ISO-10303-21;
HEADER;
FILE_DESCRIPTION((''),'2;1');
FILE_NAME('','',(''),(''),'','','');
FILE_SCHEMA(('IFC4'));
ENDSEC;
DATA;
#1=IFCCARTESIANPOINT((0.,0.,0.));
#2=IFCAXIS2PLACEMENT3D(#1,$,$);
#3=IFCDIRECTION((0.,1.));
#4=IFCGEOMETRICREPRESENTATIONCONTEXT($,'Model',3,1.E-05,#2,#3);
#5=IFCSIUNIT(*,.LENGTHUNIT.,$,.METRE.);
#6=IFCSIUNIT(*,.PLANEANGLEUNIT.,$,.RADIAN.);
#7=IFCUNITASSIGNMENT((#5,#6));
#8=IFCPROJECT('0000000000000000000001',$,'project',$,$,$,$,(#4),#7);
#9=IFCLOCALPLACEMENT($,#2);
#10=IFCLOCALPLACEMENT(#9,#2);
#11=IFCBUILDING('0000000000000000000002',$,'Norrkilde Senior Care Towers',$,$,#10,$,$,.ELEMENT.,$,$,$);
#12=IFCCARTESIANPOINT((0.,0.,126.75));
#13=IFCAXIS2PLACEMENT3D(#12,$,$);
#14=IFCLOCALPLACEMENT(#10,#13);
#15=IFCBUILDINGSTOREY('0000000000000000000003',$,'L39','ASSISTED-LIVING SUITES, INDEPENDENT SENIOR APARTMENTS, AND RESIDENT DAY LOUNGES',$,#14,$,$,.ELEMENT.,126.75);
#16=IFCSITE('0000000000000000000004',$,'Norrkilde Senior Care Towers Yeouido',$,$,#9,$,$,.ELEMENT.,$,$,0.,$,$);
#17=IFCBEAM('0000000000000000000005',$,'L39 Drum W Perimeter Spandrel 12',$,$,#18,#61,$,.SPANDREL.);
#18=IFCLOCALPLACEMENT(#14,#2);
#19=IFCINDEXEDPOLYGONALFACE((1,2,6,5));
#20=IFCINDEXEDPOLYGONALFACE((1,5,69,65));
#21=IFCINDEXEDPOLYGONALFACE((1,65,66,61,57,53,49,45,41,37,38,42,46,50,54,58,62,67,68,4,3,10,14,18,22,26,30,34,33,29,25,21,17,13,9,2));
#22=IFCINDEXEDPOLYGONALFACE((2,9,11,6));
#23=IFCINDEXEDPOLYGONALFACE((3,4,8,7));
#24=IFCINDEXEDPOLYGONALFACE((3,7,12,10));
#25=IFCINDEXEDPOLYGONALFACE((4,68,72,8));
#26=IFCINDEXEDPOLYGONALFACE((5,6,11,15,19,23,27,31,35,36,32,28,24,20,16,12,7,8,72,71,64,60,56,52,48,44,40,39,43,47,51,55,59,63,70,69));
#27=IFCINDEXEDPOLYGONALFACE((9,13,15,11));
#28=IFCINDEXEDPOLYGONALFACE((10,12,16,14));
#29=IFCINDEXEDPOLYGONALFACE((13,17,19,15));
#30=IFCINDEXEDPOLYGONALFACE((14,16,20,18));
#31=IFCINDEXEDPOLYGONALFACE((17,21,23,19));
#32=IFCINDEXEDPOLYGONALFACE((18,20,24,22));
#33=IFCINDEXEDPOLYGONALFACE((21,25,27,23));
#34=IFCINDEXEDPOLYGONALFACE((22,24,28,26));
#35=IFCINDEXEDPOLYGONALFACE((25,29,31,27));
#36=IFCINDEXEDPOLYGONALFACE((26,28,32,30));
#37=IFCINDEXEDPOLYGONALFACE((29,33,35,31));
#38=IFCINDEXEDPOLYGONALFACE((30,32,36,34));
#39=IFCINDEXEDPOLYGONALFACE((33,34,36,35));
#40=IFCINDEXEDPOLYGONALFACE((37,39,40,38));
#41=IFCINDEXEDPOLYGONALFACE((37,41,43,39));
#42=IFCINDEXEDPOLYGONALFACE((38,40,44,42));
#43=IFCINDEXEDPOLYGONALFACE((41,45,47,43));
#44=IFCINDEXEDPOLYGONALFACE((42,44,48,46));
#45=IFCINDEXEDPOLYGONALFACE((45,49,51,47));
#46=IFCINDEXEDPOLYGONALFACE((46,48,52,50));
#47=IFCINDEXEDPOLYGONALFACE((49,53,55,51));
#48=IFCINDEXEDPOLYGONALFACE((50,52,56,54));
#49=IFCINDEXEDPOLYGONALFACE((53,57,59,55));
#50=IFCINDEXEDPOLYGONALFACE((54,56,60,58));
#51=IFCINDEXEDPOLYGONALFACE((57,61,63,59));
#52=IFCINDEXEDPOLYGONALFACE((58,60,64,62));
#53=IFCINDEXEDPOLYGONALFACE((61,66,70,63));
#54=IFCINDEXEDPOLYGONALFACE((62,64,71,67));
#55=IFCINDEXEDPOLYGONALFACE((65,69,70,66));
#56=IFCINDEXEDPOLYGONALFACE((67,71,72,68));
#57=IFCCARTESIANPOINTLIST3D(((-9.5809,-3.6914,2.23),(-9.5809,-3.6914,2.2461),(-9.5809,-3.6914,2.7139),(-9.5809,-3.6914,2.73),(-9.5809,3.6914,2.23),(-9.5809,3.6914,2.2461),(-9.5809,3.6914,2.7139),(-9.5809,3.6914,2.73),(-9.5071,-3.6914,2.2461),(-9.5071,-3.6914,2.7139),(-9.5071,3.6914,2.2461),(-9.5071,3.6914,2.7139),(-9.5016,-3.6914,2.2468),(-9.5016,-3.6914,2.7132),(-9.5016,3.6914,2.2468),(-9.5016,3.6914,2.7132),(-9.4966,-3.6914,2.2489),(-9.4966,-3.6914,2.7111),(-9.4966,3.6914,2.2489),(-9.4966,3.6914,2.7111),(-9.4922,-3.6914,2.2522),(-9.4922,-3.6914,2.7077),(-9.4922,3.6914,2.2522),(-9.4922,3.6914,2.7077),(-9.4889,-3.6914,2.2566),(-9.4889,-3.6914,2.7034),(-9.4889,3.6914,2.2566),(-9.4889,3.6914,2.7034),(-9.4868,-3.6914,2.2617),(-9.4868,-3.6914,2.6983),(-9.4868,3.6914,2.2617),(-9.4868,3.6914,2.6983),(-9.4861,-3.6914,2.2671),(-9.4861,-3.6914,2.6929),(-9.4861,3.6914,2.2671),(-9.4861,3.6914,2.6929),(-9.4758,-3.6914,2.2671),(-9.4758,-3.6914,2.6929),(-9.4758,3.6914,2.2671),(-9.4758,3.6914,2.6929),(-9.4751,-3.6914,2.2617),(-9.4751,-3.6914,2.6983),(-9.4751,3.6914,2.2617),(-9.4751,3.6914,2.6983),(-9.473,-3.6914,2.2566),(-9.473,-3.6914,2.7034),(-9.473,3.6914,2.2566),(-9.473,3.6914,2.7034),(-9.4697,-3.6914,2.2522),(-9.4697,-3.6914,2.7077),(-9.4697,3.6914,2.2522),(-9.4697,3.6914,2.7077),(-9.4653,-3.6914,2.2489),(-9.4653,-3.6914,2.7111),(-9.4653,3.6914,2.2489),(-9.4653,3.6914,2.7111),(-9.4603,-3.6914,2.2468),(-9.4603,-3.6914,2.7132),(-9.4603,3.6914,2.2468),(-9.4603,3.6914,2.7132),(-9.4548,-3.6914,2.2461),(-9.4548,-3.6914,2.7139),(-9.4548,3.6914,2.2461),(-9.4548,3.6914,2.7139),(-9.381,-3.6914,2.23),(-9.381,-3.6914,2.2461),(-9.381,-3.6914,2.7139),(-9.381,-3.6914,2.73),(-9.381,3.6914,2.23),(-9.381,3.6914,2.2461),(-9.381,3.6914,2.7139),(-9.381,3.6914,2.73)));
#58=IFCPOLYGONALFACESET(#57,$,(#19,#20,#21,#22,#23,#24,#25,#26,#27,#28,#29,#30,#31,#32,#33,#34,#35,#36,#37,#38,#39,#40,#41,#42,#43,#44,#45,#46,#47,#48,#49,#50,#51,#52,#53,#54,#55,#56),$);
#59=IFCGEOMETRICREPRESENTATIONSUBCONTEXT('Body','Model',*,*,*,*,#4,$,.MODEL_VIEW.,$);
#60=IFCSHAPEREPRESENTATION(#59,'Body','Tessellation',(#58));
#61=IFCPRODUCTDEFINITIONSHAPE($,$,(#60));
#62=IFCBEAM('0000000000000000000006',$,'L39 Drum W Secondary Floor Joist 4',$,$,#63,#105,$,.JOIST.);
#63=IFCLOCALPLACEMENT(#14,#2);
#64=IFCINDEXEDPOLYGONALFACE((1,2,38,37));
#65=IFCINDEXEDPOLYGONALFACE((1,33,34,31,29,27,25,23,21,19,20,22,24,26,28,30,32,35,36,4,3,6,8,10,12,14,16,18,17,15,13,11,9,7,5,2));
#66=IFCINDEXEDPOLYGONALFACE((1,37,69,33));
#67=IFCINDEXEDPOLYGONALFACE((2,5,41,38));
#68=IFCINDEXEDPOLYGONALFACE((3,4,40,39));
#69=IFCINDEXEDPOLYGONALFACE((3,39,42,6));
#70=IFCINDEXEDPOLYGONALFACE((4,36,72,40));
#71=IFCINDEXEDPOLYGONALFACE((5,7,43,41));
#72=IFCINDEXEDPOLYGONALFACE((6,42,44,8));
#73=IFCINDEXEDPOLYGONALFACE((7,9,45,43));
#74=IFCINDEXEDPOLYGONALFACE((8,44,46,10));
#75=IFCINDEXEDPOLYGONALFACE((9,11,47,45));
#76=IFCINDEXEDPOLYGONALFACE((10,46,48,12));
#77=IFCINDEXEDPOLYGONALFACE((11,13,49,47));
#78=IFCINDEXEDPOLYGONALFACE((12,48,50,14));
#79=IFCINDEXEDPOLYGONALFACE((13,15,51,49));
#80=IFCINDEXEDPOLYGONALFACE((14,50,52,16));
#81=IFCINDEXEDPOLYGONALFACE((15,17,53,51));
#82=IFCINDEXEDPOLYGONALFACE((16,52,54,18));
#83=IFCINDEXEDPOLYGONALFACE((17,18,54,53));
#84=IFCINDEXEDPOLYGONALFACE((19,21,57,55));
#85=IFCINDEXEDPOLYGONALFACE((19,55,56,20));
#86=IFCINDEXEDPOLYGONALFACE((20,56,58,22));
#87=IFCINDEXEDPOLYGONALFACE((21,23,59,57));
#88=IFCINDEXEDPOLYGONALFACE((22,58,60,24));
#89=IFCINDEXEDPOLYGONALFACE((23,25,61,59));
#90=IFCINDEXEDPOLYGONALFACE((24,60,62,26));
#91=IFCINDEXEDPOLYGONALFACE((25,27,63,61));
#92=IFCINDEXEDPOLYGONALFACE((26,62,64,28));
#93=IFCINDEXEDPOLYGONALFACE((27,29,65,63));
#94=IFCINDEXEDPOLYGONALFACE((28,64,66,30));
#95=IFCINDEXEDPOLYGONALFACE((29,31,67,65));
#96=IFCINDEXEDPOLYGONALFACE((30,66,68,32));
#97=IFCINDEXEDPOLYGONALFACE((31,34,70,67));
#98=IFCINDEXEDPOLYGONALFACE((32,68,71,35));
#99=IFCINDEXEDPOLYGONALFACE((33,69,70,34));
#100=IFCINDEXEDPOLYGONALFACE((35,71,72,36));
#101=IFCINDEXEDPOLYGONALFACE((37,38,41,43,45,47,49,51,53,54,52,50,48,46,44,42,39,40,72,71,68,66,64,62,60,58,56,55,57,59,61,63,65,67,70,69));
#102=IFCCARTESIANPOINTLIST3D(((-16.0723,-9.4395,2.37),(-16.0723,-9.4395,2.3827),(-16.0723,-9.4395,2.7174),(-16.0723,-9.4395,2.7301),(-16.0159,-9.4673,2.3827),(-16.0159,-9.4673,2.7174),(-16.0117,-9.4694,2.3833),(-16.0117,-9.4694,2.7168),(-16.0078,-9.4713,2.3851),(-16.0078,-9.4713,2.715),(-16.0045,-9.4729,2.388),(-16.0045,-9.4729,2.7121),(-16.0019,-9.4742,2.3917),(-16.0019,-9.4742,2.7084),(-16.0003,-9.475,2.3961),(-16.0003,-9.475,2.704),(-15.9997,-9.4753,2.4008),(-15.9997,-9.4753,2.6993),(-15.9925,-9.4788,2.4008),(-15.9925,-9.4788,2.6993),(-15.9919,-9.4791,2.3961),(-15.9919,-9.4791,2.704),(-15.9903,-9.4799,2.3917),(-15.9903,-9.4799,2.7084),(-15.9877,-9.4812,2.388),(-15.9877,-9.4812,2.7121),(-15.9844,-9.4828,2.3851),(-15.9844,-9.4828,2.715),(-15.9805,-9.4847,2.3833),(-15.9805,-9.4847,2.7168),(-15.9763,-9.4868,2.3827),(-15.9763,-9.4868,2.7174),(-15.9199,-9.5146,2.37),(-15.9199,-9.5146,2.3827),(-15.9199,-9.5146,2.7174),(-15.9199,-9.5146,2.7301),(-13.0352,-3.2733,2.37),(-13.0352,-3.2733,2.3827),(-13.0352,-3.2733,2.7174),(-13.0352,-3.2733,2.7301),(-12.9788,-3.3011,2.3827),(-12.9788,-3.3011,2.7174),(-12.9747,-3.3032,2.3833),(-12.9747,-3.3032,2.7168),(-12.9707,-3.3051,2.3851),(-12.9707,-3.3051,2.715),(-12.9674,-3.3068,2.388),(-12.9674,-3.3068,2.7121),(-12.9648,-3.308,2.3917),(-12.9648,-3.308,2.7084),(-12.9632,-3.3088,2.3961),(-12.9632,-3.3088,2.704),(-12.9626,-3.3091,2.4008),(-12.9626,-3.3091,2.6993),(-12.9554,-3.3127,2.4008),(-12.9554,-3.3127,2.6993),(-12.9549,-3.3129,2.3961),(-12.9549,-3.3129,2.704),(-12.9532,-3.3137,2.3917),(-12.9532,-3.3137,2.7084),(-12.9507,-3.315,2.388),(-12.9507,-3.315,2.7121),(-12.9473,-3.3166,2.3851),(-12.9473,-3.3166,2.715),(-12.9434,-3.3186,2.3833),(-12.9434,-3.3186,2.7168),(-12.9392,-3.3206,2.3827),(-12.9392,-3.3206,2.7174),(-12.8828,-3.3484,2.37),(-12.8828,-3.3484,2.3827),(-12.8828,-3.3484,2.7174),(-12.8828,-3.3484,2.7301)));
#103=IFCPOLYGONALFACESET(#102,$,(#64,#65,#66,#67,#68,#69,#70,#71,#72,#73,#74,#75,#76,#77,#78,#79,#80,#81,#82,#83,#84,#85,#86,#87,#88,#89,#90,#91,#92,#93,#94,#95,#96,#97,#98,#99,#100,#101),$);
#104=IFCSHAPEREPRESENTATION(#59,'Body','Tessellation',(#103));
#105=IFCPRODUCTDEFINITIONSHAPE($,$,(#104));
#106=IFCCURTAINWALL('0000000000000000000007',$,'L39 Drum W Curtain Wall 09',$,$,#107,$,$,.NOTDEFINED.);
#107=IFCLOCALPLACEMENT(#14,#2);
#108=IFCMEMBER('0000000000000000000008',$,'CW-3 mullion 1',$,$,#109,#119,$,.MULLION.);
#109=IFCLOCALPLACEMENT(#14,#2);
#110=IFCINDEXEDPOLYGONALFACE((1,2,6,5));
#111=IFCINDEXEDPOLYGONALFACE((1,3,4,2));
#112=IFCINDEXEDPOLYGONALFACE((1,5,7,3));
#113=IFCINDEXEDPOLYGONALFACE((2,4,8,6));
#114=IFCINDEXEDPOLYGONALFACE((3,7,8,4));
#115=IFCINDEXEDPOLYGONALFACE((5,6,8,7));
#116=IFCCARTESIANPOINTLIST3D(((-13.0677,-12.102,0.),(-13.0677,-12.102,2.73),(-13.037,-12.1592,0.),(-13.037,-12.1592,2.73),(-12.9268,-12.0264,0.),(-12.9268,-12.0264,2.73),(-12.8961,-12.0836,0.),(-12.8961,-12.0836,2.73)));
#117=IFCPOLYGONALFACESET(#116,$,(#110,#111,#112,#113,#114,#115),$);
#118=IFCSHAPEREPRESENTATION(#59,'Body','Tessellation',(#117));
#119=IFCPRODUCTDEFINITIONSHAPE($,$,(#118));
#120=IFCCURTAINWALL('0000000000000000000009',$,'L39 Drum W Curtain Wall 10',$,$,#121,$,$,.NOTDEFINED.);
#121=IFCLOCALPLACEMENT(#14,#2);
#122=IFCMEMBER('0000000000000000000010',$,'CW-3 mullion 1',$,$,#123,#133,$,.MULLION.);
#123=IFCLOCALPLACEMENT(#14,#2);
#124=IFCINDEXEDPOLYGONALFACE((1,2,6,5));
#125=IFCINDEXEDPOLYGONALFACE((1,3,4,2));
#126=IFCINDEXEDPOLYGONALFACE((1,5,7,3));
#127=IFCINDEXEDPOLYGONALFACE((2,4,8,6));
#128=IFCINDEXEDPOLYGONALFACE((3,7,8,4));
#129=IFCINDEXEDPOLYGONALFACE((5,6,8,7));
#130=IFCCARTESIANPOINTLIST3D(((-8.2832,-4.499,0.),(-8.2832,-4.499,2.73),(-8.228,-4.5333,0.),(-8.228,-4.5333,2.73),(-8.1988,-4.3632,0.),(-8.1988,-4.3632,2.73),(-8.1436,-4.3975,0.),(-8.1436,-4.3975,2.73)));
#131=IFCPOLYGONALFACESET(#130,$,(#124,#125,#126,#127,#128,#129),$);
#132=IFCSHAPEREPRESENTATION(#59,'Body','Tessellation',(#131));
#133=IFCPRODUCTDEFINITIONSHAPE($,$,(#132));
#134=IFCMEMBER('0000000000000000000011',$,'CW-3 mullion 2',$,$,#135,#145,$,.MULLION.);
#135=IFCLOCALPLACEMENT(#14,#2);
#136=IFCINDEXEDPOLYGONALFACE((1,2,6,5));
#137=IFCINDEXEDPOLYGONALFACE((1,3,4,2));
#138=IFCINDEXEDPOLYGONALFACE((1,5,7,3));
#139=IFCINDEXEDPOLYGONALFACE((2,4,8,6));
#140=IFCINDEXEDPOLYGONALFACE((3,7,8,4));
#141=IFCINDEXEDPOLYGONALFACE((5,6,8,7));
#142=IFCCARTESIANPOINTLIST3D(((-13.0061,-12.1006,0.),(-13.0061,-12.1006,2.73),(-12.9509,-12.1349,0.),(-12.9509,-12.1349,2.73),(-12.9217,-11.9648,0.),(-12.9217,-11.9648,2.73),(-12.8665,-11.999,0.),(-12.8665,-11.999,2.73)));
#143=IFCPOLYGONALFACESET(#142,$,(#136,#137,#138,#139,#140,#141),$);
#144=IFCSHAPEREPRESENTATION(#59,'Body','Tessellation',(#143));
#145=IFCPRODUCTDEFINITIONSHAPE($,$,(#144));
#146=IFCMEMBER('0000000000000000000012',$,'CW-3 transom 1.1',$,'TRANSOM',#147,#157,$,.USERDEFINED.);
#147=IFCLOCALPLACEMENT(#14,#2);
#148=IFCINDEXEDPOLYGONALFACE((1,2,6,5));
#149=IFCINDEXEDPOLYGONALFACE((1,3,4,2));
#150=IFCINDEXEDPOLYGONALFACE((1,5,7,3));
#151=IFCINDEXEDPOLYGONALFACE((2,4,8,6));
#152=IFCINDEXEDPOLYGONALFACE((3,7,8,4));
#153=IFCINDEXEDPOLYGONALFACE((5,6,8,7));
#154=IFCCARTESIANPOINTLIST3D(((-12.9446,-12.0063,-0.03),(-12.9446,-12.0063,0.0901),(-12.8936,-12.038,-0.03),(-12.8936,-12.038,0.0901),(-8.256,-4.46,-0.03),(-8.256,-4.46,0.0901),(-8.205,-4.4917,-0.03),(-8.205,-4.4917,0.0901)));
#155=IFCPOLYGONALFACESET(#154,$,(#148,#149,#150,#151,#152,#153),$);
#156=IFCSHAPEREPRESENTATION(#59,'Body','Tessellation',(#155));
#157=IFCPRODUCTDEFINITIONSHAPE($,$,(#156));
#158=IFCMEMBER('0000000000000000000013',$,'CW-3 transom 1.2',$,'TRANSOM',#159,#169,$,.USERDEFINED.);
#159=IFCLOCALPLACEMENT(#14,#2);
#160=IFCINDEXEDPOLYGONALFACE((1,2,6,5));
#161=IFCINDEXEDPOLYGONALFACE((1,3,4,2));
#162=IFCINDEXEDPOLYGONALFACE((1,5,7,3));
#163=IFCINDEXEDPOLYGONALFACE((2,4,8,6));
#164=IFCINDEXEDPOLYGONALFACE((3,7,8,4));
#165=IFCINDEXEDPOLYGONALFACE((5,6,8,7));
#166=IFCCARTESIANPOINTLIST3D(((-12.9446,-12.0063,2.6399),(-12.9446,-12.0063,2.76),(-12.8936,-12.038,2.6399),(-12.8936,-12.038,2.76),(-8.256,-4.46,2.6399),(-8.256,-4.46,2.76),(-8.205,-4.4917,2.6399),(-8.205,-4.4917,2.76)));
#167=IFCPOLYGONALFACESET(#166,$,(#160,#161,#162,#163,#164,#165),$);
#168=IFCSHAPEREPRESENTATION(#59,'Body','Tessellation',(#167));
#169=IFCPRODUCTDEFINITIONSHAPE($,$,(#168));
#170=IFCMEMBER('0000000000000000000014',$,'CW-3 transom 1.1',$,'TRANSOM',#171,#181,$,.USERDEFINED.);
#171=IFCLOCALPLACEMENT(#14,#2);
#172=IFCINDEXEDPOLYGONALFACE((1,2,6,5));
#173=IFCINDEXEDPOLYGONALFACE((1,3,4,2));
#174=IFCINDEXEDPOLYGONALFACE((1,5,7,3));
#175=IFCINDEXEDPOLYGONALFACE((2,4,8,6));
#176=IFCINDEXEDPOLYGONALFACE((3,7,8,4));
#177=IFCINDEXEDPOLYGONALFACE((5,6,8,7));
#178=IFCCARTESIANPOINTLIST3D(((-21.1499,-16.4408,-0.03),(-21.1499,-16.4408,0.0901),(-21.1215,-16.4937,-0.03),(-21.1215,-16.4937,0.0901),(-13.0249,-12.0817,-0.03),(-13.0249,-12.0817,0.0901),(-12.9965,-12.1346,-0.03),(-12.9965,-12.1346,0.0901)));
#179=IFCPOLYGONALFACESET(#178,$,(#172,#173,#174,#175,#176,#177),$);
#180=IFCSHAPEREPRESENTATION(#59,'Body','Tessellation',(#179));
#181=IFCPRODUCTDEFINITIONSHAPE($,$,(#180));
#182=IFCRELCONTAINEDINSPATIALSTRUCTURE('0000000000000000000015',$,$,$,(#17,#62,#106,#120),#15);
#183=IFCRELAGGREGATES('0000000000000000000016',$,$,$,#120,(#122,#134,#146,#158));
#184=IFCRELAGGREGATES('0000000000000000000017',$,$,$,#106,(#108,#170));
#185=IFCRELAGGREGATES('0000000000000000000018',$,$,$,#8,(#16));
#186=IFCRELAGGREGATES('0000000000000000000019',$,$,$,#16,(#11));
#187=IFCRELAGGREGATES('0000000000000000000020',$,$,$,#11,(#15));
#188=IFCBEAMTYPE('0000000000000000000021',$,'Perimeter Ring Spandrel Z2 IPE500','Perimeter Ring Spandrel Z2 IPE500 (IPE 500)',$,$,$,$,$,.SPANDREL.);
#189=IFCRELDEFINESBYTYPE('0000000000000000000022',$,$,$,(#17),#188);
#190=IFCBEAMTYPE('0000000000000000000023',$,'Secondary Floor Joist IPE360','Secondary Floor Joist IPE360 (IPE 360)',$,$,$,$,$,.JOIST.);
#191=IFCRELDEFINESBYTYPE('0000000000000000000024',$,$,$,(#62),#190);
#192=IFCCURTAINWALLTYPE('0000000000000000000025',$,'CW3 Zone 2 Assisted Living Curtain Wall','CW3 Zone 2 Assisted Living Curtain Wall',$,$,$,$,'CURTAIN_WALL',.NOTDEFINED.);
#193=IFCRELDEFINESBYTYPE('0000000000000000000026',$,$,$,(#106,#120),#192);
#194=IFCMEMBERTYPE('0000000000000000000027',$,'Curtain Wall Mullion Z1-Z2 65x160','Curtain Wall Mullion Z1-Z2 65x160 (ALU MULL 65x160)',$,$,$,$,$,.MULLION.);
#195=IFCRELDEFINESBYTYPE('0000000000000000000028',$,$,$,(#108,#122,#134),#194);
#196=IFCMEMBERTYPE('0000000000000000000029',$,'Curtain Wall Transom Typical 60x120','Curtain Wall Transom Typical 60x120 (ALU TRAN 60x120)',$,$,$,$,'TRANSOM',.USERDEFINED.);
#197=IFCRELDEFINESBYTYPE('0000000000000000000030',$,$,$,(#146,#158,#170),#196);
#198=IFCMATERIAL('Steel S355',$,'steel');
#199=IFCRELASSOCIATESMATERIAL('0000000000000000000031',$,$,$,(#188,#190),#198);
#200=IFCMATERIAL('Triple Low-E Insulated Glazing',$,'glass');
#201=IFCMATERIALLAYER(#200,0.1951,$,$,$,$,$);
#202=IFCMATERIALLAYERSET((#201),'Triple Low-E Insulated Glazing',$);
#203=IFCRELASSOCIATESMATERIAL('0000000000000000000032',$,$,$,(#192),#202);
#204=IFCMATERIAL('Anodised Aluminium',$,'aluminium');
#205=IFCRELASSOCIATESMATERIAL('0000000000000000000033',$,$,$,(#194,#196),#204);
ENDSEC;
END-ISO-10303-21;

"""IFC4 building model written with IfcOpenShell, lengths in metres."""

from ifc_helpers import new_model, si_unit, direction, frame, origin, origin_2d, place, context, subcontext, project, spatial, rectangle, i_section, extrude, source, transform, mapped, material, layer, layer_set, material_profile, profile_set, type_object, type_shapes, element, aggregate, save


model = new_model("IFC4")

# Units and contexts
model_context = context("Model", 3, precision=1e-05, world=origin(), true_north=direction((0.0, 1.0)))
body_context = subcontext(model_context, "Body", "Model", "MODEL_VIEW")
ifc_project = project(units=[si_unit("LENGTHUNIT", "METRE"), si_unit("PLANEANGLEUNIT", "RADIAN")], contexts=[model_context])

# Site, building, storey
site_placement = place(None, origin())
site = spatial("IfcSite", under=ifc_project, at=site_placement, Name="Norrkilde Senior Care Towers Yeouido", CompositionType="ELEMENT", RefElevation=0.0)
building_placement = place(site_placement, origin())
building = spatial("IfcBuilding", under=site, at=building_placement, Name="Norrkilde Senior Care Towers", CompositionType="ELEMENT")
storey_placement = place(building_placement, frame((0.0, 0.0, 126.75)))
storey = spatial("IfcBuildingStorey", under=building, at=storey_placement, Name="L39", Description="ASSISTED-LIVING SUITES, INDEPENDENT SENIOR APARTMENTS, AND RESIDENT DAY LOUNGES", CompositionType="ELEMENT", Elevation=126.75)

# Beams
ifc_material_1 = material(Name="Steel S355", Category="steel")
ifc_material_profile_1 = material_profile(ifc_material_1, i_section(OverallWidth=0.2, OverallDepth=0.5, WebThickness=0.0103, FlangeThickness=0.0161, FilletRadius=0.021, at=origin_2d()), Name="IPE 500")
ifc_profile_set_1 = profile_set([ifc_material_profile_1], Name="Steel S355")
beam_type_1 = type_object("IfcBeamType", Name="Perimeter Ring Spandrel Z2 IPE500", Description="Perimeter Ring Spandrel Z2 IPE500 (IPE 500)", PredefinedType="SPANDREL", material=ifc_profile_set_1)
shared_shape_1 = source(origin(), body_context, "Body", "SweptSolid", [
    extrude(i_section(OverallWidth=0.2, OverallDepth=0.5, WebThickness=0.0103, FlangeThickness=0.0161, FilletRadius=0.021, at=origin_2d()), origin(), (0.0, 0.0, 1.0), 7.3828),
])
beam_1_placement = place(storey_placement, frame((-9.481, -3.6914, 2.48), z_axis=(0.0, 1.0, 0.0), x_axis=(-1.0, 0.0, 0.0)))
element("IfcBeam", 1, at=beam_1_placement, inside=storey, type_object=beam_type_1, Name="L39 Drum W Perimeter Spandrel 12", PredefinedType="SPANDREL", context=body_context, shape_type="MappedRepresentation", body=[
    mapped(shared_shape_1, transform((0.0, 0.0, 0.0), x_axis=(1.0, 0.0, 0.0), y_axis=(0.0, 1.0, 0.0), z_axis=(0.0, 0.0, 1.0), scale=1.0)),
])
ifc_material_profile_2 = material_profile(ifc_material_1, i_section(OverallWidth=0.1699, OverallDepth=0.3601, WebThickness=0.0081, FlangeThickness=0.0127, FilletRadius=0.0181, at=origin_2d()), Name="IPE 360")
ifc_profile_set_2 = profile_set([ifc_material_profile_2], Name="Steel S355")
beam_type_2 = type_object("IfcBeamType", Name="Secondary Floor Joist IPE360", Description="Secondary Floor Joist IPE360 (IPE 360)", PredefinedType="JOIST", material=ifc_profile_set_2)
shared_shape_2 = source(origin(), body_context, "Body", "SweptSolid", [
    extrude(i_section(OverallWidth=0.1699, OverallDepth=0.3601, WebThickness=0.0081, FlangeThickness=0.0127, FilletRadius=0.0181, at=origin_2d()), origin(), (0.0, 0.0, 1.0), 6.8735),
])
type_shapes(beam_type_2, [shared_shape_2])
beam_2_placement = place(storey_placement, frame((-15.9961, -9.4771, 2.55), z_axis=(0.441849, 0.897089, 0.0), x_axis=(-0.897089, 0.441849, 0.0)))
element("IfcBeam", 2, at=beam_2_placement, inside=storey, type_object=beam_type_2, Name="L39 Drum W Secondary Floor Joist 4", PredefinedType="JOIST", context=body_context, shape_type="MappedRepresentation", body=[
    mapped(shared_shape_2, transform((0.0, 0.0, 0.0), x_axis=(1.0, 0.0, 0.0), y_axis=(0.0, 1.0, 0.0), z_axis=(0.0, 0.0, 1.0), scale=1.0)),
])

# Curtain wall, member
ifc_material_2 = material(Name="Triple Low-E Insulated Glazing", Category="glass")
ifc_layer_1 = layer(ifc_material_2, 0.1951)
ifc_layer_set_1 = layer_set([ifc_layer_1], Name="Triple Low-E Insulated Glazing")
curtain_wall_type = type_object("IfcCurtainWallType", Name="CW3 Zone 2 Assisted Living Curtain Wall", Description="CW3 Zone 2 Assisted Living Curtain Wall", ElementType="CURTAIN_WALL", PredefinedType="NOTDEFINED", material=ifc_layer_set_1)
curtain_wall_1_placement = place(storey_placement, origin())
curtain_wall_1 = element("IfcCurtainWall", 3, at=curtain_wall_1_placement, inside=storey, type_object=curtain_wall_type, Name="L39 Drum W Curtain Wall 09", PredefinedType="NOTDEFINED")
ifc_material_3 = material(Name="Anodised Aluminium", Category="aluminium")
ifc_material_profile_3 = material_profile(ifc_material_3, rectangle(XDim=0.0649, YDim=0.1599, at=origin_2d()), Name="ALU MULL 65x160")
ifc_profile_set_3 = profile_set([ifc_material_profile_3], Name="Anodised Aluminium")
member_type_1 = type_object("IfcMemberType", Name="Curtain Wall Mullion Z1-Z2 65x160", Description="Curtain Wall Mullion Z1-Z2 65x160 (ALU MULL 65x160)", PredefinedType="MULLION", material=ifc_profile_set_3)
shared_shape_3 = source(origin(), body_context, "Body", "SweptSolid", [
    extrude(rectangle(XDim=0.0649, YDim=0.1599, at=origin_2d()), origin(), (0.0, 0.0, 1.0), 2.73),
])
type_shapes(member_type_1, [shared_shape_3])
member_1_placement = place(storey_placement, frame((-12.9819, -12.0928, 0.0), z_axis=(0.0, 0.0, 1.0), x_axis=(0.472769, -0.881186, 0.0)))
member_1 = element("IfcMember", 4, at=member_1_placement, type_object=member_type_1, Name="CW-3 mullion 1", PredefinedType="MULLION", context=body_context, shape_type="MappedRepresentation", body=[
    mapped(shared_shape_3, transform((0.0, 0.0, 0.0), x_axis=(1.0, 0.0, 0.0), y_axis=(0.0, 1.0, 0.0), z_axis=(0.0, 0.0, 1.0), scale=1.0)),
])

# Curtain wall, members
curtain_wall_2_placement = place(storey_placement, origin())
curtain_wall_2 = element("IfcCurtainWall", 5, at=curtain_wall_2_placement, inside=storey, type_object=curtain_wall_type, Name="L39 Drum W Curtain Wall 10", PredefinedType="NOTDEFINED")
member_2_placement = place(storey_placement, frame((-8.2134, -4.4482, 0.0), z_axis=(0.0, 0.0, 1.0), x_axis=(0.84941, -0.527733, 0.0)))
member_2 = element("IfcMember", 6, at=member_2_placement, type_object=member_type_1, Name="CW-3 mullion 1", PredefinedType="MULLION", context=body_context, shape_type="MappedRepresentation", body=[
    mapped(shared_shape_3, transform((0.0, 0.0, 0.0), x_axis=(1.0, 0.0, 0.0), y_axis=(0.0, 1.0, 0.0), z_axis=(0.0, 0.0, 1.0), scale=1.0)),
])
member_3_placement = place(storey_placement, frame((-12.9363, -12.0498, 0.0), z_axis=(0.0, 0.0, 1.0), x_axis=(0.84941, -0.527733, 0.0)))
member_3 = element("IfcMember", 7, at=member_3_placement, type_object=member_type_1, Name="CW-3 mullion 2", PredefinedType="MULLION", context=body_context, shape_type="MappedRepresentation", body=[
    mapped(shared_shape_3, transform((0.0, 0.0, 0.0), x_axis=(1.0, 0.0, 0.0), y_axis=(0.0, 1.0, 0.0), z_axis=(0.0, 0.0, 1.0), scale=1.0)),
])
ifc_material_profile_4 = material_profile(ifc_material_3, rectangle(XDim=0.0601, YDim=0.1201, at=origin_2d()), Name="ALU TRAN 60x120")
ifc_profile_set_4 = profile_set([ifc_material_profile_4], Name="Anodised Aluminium")
member_type_2 = type_object("IfcMemberType", Name="Curtain Wall Transom Typical 60x120", Description="Curtain Wall Transom Typical 60x120 (ALU TRAN 60x120)", ElementType="TRANSOM", PredefinedType="USERDEFINED", material=ifc_profile_set_4)
shared_shape_4 = source(origin(), body_context, "Body", "SweptSolid", [
    extrude(rectangle(XDim=0.0601, YDim=0.1201, at=origin_2d()), origin(), (0.0, 0.0, 1.0), 8.8843),
])
member_4_placement = place(storey_placement, frame((-8.2305, -4.4758, 0.03), z_axis=(-0.527749, -0.8494, 0.0), x_axis=(0.8494, -0.527749, 0.0)))
member_4 = element("IfcMember", 8, at=member_4_placement, type_object=member_type_2, Name="CW-3 transom 1.1", ObjectType="TRANSOM", PredefinedType="USERDEFINED", context=body_context, shape_type="MappedRepresentation", body=[
    mapped(shared_shape_4, transform((0.0, 0.0, 0.0), x_axis=(1.0, 0.0, 0.0), y_axis=(0.0, 1.0, 0.0), z_axis=(0.0, 0.0, 1.0), scale=1.0)),
])
member_5_placement = place(storey_placement, frame((-8.2305, -4.4758, 2.7), z_axis=(-0.527749, -0.8494, 0.0), x_axis=(0.8494, -0.527749, 0.0)))
member_5 = element("IfcMember", 9, at=member_5_placement, type_object=member_type_2, Name="CW-3 transom 1.2", ObjectType="TRANSOM", PredefinedType="USERDEFINED", context=body_context, shape_type="MappedRepresentation", body=[
    mapped(shared_shape_4, transform((0.0, 0.0, 0.0), x_axis=(1.0, 0.0, 0.0), y_axis=(0.0, 1.0, 0.0), z_axis=(0.0, 0.0, 1.0), scale=1.0)),
])

# Member
shared_shape_5 = source(origin(), body_context, "Body", "SweptSolid", [
    extrude(rectangle(XDim=0.0601, YDim=0.1201, at=origin_2d()), origin(), (0.0, 0.0, 1.0), 9.2205),
])
type_shapes(member_type_2, [shared_shape_4, shared_shape_5])
member_6_placement = place(storey_placement, frame((-13.0107, -12.1082, 0.03), z_axis=(-0.881189, -0.472765, 0.0), x_axis=(0.472765, -0.881189, 0.0)))
member_6 = element("IfcMember", 10, at=member_6_placement, type_object=member_type_2, Name="CW-3 transom 1.1", ObjectType="TRANSOM", PredefinedType="USERDEFINED", context=body_context, shape_type="MappedRepresentation", body=[
    mapped(shared_shape_5, transform((0.0, 0.0, 0.0), x_axis=(1.0, 0.0, 0.0), y_axis=(0.0, 1.0, 0.0), z_axis=(0.0, 0.0, 1.0), scale=1.0)),
])

aggregate(curtain_wall_2, [member_2, member_3, member_4, member_5])
aggregate(curtain_wall_1, [member_1, member_6])

save(model, "model.ifc")
